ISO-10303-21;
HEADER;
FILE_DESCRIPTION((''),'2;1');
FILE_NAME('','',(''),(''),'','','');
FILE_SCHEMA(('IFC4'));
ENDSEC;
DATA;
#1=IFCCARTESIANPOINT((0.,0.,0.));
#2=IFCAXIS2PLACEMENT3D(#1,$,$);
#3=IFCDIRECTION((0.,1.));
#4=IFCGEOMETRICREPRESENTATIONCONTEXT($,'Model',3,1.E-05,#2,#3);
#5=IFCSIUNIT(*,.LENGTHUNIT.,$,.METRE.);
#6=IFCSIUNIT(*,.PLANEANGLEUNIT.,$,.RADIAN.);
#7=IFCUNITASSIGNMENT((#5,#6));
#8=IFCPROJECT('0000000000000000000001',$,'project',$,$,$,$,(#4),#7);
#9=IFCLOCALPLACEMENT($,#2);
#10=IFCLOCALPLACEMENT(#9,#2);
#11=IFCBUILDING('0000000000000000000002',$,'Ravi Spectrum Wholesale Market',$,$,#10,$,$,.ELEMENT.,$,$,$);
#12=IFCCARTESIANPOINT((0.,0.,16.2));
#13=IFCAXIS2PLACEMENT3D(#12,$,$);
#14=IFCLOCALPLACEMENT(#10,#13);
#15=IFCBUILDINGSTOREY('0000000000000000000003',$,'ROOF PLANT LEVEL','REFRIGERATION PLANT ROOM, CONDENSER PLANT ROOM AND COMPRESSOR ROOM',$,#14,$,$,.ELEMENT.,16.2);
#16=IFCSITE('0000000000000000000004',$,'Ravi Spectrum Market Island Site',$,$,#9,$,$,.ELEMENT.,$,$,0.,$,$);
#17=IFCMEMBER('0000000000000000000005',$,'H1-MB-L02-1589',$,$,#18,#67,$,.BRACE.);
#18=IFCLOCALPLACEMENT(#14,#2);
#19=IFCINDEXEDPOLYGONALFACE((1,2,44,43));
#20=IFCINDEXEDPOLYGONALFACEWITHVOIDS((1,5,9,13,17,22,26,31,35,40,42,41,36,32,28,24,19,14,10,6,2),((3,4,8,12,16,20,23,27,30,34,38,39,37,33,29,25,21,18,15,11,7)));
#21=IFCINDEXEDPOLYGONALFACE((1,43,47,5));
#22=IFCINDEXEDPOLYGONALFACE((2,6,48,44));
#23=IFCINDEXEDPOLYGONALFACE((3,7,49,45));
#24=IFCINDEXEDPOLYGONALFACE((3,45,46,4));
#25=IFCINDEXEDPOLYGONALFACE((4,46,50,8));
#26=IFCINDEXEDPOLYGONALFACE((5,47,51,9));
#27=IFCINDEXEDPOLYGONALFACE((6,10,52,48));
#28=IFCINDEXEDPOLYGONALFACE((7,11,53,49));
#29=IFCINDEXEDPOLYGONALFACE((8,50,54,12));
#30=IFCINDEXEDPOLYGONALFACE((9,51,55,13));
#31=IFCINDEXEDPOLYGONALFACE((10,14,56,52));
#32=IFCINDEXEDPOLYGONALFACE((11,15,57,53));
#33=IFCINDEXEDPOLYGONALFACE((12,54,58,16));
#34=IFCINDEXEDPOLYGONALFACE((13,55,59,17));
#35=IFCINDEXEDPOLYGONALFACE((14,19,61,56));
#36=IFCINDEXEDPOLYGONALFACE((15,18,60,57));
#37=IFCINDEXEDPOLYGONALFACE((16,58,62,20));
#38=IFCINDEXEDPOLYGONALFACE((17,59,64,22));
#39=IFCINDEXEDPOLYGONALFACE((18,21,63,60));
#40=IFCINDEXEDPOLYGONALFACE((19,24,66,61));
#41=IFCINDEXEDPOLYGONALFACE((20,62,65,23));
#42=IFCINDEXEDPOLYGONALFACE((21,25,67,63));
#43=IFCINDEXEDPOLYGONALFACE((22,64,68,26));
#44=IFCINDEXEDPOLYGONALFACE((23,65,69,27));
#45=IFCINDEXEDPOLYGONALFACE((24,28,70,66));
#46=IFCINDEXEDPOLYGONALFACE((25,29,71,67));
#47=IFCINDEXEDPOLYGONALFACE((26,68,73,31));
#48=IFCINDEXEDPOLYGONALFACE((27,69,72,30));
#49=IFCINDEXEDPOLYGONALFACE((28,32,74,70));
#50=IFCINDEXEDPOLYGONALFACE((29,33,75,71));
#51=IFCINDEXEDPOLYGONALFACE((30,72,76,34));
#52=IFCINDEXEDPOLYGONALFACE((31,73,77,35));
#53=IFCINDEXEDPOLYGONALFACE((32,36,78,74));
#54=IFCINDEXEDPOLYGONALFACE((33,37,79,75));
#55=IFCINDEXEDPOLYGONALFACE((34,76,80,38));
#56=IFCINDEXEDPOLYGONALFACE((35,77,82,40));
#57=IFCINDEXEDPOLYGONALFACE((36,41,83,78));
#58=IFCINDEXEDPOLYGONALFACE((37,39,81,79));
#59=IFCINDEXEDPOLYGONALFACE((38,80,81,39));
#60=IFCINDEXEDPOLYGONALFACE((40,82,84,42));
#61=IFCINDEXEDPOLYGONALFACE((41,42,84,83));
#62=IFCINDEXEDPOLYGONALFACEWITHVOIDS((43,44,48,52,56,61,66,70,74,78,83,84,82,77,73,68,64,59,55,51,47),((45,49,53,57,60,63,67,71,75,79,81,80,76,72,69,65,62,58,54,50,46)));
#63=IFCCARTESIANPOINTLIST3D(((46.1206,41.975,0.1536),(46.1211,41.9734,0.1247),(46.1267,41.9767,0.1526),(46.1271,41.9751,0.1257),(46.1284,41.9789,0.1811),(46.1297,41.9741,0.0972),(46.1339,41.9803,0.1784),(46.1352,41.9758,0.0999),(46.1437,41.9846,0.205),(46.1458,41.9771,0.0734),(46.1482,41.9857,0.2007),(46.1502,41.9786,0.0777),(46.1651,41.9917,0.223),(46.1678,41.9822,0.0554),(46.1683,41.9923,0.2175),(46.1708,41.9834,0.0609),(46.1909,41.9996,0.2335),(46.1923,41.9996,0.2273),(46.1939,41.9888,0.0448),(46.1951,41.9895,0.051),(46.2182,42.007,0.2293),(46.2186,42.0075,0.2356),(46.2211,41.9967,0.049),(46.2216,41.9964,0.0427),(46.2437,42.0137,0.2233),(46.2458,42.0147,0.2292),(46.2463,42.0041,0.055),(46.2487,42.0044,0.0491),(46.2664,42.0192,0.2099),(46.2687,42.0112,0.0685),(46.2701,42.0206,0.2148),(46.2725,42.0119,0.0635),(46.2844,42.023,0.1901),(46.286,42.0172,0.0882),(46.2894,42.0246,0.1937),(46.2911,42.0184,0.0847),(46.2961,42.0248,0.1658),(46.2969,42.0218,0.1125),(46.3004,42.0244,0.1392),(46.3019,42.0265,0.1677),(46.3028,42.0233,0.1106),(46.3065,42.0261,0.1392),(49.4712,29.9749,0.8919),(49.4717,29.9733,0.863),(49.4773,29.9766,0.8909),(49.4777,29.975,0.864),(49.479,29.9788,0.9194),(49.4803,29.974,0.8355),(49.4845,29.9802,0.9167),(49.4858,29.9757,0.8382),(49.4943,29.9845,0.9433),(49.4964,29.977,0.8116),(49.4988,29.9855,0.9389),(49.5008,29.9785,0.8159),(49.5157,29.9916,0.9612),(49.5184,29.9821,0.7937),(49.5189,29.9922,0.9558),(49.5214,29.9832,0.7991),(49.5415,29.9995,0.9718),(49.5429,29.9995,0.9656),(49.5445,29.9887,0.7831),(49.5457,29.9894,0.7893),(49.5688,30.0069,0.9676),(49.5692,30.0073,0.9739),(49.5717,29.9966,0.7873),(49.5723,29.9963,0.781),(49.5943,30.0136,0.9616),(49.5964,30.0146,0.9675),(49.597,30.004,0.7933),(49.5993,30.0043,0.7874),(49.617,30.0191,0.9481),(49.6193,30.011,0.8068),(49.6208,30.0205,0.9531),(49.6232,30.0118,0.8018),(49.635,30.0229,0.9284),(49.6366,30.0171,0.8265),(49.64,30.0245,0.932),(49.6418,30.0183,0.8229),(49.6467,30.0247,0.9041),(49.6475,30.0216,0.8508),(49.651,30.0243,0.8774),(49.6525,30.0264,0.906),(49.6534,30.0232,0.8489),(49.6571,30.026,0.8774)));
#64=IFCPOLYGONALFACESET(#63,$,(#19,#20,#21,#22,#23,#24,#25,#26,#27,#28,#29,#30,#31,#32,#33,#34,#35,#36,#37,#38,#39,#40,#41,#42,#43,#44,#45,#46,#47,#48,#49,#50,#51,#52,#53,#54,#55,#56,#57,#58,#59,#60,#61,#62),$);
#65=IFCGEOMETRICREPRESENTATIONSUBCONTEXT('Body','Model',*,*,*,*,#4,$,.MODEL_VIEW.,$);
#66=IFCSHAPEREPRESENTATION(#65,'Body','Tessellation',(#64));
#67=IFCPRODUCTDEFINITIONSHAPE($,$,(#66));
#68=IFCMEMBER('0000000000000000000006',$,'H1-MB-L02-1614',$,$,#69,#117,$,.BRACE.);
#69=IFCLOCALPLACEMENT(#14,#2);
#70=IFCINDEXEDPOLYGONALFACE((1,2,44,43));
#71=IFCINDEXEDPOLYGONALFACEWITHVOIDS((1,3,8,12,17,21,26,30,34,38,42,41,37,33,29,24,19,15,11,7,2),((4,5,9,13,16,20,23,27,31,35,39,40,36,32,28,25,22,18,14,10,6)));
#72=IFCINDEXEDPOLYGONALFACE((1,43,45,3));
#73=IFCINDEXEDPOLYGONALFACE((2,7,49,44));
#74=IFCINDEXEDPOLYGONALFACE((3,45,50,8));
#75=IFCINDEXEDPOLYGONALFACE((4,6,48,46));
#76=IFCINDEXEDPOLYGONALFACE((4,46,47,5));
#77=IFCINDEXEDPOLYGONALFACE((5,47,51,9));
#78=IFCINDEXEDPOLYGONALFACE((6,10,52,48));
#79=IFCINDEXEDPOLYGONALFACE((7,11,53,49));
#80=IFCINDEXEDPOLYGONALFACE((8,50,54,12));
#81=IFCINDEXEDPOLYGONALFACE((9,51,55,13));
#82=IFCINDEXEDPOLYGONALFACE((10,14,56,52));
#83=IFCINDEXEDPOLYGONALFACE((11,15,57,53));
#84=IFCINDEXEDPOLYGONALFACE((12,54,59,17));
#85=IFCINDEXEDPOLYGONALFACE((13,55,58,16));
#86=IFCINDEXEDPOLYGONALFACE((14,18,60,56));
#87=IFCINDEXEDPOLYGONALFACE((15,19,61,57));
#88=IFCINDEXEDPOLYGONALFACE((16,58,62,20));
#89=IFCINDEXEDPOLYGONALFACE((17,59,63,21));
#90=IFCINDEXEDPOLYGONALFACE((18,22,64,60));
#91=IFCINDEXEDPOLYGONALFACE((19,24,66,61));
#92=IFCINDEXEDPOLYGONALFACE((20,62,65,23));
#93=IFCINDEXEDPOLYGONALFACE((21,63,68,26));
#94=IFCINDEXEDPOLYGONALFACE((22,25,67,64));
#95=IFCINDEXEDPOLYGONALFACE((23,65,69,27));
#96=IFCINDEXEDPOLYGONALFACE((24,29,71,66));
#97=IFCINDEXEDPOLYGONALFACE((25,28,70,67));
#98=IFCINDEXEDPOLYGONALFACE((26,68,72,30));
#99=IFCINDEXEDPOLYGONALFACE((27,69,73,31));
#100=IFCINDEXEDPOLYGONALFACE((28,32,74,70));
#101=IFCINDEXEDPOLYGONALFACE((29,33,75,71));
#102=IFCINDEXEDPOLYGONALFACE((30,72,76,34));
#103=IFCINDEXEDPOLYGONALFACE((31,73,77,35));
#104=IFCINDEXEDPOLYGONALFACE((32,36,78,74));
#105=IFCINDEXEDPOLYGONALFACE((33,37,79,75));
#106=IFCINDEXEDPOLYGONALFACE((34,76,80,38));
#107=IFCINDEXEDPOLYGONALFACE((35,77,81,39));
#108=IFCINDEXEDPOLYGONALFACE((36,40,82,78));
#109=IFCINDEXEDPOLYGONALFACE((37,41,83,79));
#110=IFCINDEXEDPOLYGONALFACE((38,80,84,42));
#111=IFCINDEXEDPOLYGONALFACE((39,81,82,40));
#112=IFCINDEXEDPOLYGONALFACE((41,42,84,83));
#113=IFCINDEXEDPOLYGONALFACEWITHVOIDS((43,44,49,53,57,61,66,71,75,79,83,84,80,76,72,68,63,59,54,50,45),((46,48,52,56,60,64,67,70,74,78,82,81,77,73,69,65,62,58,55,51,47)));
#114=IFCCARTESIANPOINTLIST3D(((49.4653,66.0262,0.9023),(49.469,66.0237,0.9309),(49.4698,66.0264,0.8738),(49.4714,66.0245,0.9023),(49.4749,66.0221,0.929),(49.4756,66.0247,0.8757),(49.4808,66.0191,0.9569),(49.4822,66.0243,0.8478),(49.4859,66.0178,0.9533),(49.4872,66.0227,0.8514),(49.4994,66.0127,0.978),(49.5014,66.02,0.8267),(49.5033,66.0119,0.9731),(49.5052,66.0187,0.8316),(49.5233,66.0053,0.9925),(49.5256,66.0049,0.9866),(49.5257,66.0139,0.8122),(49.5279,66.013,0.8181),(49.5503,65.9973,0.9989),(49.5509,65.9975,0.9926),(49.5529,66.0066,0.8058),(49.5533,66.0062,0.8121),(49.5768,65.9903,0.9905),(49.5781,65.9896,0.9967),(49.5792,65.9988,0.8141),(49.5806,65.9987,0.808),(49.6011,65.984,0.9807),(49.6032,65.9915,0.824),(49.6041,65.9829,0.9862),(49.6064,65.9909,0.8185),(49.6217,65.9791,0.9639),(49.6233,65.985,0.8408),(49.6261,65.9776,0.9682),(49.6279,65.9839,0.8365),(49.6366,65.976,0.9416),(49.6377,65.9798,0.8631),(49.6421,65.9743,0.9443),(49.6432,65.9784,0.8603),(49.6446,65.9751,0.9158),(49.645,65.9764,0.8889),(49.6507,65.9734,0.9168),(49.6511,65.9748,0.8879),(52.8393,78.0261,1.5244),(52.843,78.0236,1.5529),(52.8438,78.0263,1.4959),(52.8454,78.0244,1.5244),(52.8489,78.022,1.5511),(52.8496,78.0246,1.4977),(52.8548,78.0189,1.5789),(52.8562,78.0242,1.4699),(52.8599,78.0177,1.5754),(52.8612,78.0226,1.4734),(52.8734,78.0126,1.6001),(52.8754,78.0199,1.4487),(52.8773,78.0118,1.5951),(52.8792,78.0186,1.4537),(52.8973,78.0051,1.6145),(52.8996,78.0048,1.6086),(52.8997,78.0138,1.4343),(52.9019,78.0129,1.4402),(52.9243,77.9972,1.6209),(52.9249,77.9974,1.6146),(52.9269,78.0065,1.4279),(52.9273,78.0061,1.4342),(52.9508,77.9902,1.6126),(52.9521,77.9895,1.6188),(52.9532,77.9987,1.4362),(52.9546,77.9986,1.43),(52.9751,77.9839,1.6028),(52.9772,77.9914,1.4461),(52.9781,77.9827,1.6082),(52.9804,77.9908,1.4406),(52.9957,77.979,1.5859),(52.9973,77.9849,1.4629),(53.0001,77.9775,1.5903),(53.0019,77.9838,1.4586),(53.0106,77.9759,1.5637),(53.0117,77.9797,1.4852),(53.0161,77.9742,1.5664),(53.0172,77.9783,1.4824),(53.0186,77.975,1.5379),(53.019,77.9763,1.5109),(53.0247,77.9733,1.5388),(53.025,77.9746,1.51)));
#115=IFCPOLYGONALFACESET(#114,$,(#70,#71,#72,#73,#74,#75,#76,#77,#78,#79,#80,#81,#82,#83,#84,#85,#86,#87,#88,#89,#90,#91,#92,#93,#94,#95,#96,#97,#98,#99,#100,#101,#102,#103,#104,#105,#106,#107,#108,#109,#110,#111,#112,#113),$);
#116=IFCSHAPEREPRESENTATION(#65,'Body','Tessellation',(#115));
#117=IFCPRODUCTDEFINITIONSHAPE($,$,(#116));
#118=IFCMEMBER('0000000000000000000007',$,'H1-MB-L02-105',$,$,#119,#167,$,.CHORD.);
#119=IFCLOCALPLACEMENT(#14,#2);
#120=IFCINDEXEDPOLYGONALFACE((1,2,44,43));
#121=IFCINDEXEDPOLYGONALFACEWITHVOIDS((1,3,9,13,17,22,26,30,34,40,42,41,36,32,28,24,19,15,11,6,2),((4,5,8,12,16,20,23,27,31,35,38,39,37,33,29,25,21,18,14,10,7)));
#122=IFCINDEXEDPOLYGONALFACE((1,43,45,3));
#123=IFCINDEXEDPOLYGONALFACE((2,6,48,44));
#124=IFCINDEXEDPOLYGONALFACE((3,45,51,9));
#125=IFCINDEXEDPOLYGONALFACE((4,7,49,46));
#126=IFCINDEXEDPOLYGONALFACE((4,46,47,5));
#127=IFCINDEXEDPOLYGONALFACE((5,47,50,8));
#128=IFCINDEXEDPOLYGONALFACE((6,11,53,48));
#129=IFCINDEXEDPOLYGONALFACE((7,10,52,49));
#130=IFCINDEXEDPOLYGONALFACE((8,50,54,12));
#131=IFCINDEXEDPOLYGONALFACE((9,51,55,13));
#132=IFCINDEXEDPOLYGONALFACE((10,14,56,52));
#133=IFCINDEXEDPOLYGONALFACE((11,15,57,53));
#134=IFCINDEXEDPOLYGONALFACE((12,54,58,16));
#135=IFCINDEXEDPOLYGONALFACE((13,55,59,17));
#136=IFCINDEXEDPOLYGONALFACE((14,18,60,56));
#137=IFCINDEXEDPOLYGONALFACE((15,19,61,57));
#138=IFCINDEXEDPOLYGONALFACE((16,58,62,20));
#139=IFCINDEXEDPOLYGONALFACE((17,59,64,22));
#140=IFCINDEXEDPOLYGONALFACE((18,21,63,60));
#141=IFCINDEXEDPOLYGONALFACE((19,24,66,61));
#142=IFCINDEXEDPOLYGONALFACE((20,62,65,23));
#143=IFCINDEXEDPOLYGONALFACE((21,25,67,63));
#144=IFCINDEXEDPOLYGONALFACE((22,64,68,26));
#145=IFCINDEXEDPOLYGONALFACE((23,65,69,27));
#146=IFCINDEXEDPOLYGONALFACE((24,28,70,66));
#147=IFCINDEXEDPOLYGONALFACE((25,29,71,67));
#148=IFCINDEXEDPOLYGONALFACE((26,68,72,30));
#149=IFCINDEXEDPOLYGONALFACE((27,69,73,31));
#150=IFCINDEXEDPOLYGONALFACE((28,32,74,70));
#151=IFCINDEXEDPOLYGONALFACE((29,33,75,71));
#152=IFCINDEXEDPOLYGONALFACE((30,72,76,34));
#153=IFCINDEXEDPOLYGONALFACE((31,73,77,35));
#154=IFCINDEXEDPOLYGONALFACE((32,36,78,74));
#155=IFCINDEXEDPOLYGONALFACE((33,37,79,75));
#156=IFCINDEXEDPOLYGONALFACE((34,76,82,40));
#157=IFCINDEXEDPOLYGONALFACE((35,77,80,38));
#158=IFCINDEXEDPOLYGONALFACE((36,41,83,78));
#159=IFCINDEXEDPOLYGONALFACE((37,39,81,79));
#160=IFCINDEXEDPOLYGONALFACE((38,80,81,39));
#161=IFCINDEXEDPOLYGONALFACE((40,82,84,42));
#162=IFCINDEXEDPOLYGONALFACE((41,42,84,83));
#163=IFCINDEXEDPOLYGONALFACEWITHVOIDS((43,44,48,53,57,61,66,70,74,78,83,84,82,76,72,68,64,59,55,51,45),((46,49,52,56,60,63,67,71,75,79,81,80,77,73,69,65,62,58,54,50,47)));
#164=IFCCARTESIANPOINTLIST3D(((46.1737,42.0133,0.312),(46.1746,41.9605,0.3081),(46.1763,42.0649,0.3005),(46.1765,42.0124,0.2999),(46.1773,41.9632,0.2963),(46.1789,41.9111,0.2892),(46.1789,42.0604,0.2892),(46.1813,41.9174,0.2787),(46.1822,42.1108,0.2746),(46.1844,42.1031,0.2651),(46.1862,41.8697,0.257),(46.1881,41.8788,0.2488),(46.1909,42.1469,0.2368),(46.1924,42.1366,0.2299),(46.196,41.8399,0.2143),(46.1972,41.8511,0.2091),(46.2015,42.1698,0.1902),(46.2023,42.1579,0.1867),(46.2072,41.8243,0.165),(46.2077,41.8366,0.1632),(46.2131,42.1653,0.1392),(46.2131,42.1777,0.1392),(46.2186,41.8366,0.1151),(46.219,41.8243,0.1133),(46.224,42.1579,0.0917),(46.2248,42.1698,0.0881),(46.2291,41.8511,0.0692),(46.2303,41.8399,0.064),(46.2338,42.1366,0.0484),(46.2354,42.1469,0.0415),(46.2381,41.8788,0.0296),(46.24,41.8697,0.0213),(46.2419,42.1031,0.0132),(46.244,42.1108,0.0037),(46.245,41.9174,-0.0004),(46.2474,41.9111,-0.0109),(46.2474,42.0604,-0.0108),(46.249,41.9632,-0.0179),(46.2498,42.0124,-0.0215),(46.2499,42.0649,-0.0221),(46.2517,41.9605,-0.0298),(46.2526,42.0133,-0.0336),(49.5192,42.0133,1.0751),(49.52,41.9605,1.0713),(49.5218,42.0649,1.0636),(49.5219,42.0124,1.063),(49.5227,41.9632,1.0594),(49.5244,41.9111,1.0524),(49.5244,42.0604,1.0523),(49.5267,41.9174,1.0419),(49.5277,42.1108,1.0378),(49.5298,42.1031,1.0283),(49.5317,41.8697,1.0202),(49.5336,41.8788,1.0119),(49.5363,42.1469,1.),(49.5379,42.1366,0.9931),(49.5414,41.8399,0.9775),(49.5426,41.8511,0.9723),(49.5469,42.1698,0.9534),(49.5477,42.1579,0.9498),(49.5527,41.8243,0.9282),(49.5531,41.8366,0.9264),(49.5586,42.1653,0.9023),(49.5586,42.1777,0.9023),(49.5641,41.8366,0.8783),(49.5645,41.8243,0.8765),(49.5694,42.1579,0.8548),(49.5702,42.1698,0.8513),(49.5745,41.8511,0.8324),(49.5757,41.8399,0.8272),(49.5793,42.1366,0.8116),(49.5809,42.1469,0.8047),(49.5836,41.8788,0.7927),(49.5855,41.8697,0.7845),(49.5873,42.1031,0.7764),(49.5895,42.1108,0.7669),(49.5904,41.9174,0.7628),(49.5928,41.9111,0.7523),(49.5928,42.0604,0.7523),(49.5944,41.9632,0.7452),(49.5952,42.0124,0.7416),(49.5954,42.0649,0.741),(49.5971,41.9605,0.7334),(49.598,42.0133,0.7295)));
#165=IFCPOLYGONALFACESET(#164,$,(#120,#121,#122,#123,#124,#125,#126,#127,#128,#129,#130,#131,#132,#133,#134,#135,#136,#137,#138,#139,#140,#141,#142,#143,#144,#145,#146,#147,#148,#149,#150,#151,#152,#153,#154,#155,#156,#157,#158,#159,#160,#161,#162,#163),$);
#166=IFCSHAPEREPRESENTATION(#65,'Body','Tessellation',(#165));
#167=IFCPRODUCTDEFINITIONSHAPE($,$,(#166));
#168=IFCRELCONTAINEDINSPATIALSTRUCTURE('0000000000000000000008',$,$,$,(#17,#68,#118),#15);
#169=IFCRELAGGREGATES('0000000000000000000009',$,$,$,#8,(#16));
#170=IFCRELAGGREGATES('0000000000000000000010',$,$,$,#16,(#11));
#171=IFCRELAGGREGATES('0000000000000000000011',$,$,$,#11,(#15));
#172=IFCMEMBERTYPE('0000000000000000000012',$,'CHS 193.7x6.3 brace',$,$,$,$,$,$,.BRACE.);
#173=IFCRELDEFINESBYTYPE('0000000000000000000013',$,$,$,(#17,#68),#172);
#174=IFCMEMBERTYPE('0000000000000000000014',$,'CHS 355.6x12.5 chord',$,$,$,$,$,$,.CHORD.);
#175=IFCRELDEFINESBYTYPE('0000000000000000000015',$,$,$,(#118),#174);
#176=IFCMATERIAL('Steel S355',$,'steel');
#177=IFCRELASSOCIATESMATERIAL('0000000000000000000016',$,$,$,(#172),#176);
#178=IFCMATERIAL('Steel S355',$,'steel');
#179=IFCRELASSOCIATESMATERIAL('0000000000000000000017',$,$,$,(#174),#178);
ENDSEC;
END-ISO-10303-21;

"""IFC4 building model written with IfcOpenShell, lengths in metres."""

from ifc_helpers import new_model, si_unit, direction, frame, origin, origin_2d, place, context, subcontext, project, spatial, hollow_circle, extrude, material, material_profile, profile_set, type_object, element, save


model = new_model("IFC4")

# Units and contexts
model_context = context("Model", 3, precision=1e-05, world=origin(), true_north=direction((0.0, 1.0)))
body_context = subcontext(model_context, "Body", "Model", "MODEL_VIEW")
ifc_project = project(units=[si_unit("LENGTHUNIT", "METRE"), si_unit("PLANEANGLEUNIT", "RADIAN")], contexts=[model_context])

# Site, building, storey
site_placement = place(None, origin())
site = spatial("IfcSite", under=ifc_project, at=site_placement, Name="Ravi Spectrum Market Island Site", CompositionType="ELEMENT", RefElevation=0.0)
building_placement = place(site_placement, origin())
building = spatial("IfcBuilding", under=site, at=building_placement, Name="Ravi Spectrum Wholesale Market", CompositionType="ELEMENT")
storey_placement = place(building_placement, frame((0.0, 0.0, 16.2)))
storey = spatial("IfcBuildingStorey", under=building, at=storey_placement, Name="ROOF PLANT LEVEL", Description="REFRIGERATION PLANT ROOM, CONDENSER PLANT ROOM AND COMPRESSOR ROOM", CompositionType="ELEMENT", Elevation=16.2)

# Members
ifc_material_1 = material(Name="Steel S355", Category="steel")
ifc_material_profile_1 = material_profile(ifc_material_1, hollow_circle(Radius=0.0969, WallThickness=0.0063, at=origin_2d()))
ifc_profile_set_1 = profile_set([ifc_material_profile_1], Name="Steel S355")
member_type_1 = type_object("IfcMemberType", Name="CHS 193.7x6.3 brace", PredefinedType="BRACE", material=ifc_profile_set_1)
member_1_placement = place(storey_placement, frame((46.2131, 42.0, 0.1392), z_axis=(0.268458, -0.961473, 0.059153), x_axis=(0.96316, 0.268929, 0.0)))
element("IfcMember", 1, at=member_1_placement, inside=storey, type_object=member_type_1, Name="H1-MB-L02-1589", PredefinedType="BRACE", context=body_context, shape_type="SweptSolid", body=[
    extrude(hollow_circle(Radius=0.0969, WallThickness=0.0063, at=origin_2d()), origin(), (0.0, 0.0, 1.0), 12.481),
])
member_2_placement = place(storey_placement, frame((49.5586, 66.0, 0.9023), z_axis=(0.270337, 0.961475, 0.049842), x_axis=(-0.962671, 0.270673, 0.0)))
element("IfcMember", 2, at=member_2_placement, inside=storey, type_object=member_type_1, Name="H1-MB-L02-1614", PredefinedType="BRACE", context=body_context, shape_type="SweptSolid", body=[
    extrude(hollow_circle(Radius=0.0969, WallThickness=0.0063, at=origin_2d()), origin(), (0.0, 0.0, 1.0), 12.4807),
])
ifc_material_2 = material(Name="Steel S355", Category="steel")
ifc_material_profile_2 = material_profile(ifc_material_2, hollow_circle(Radius=0.1777, WallThickness=0.0125, at=origin_2d()))
ifc_profile_set_2 = profile_set([ifc_material_profile_2], Name="Steel S355")
member_type_2 = type_object("IfcMemberType", Name="CHS 355.6x12.5 chord", PredefinedType="CHORD", material=ifc_profile_set_2)
member_3_placement = place(storey_placement, frame((46.2131, 42.0, 0.1392), z_axis=(0.974953, 0.0, 0.222411), x_axis=(0.0, 1.0, 0.0)))
element("IfcMember", 3, at=member_3_placement, inside=storey, type_object=member_type_2, Name="H1-MB-L02-105", PredefinedType="CHORD", context=body_context, shape_type="SweptSolid", body=[
    extrude(hollow_circle(Radius=0.1777, WallThickness=0.0125, at=origin_2d()), origin(), (0.0, 0.0, 1.0), 3.4314),
])

save(model, "model.ifc")
